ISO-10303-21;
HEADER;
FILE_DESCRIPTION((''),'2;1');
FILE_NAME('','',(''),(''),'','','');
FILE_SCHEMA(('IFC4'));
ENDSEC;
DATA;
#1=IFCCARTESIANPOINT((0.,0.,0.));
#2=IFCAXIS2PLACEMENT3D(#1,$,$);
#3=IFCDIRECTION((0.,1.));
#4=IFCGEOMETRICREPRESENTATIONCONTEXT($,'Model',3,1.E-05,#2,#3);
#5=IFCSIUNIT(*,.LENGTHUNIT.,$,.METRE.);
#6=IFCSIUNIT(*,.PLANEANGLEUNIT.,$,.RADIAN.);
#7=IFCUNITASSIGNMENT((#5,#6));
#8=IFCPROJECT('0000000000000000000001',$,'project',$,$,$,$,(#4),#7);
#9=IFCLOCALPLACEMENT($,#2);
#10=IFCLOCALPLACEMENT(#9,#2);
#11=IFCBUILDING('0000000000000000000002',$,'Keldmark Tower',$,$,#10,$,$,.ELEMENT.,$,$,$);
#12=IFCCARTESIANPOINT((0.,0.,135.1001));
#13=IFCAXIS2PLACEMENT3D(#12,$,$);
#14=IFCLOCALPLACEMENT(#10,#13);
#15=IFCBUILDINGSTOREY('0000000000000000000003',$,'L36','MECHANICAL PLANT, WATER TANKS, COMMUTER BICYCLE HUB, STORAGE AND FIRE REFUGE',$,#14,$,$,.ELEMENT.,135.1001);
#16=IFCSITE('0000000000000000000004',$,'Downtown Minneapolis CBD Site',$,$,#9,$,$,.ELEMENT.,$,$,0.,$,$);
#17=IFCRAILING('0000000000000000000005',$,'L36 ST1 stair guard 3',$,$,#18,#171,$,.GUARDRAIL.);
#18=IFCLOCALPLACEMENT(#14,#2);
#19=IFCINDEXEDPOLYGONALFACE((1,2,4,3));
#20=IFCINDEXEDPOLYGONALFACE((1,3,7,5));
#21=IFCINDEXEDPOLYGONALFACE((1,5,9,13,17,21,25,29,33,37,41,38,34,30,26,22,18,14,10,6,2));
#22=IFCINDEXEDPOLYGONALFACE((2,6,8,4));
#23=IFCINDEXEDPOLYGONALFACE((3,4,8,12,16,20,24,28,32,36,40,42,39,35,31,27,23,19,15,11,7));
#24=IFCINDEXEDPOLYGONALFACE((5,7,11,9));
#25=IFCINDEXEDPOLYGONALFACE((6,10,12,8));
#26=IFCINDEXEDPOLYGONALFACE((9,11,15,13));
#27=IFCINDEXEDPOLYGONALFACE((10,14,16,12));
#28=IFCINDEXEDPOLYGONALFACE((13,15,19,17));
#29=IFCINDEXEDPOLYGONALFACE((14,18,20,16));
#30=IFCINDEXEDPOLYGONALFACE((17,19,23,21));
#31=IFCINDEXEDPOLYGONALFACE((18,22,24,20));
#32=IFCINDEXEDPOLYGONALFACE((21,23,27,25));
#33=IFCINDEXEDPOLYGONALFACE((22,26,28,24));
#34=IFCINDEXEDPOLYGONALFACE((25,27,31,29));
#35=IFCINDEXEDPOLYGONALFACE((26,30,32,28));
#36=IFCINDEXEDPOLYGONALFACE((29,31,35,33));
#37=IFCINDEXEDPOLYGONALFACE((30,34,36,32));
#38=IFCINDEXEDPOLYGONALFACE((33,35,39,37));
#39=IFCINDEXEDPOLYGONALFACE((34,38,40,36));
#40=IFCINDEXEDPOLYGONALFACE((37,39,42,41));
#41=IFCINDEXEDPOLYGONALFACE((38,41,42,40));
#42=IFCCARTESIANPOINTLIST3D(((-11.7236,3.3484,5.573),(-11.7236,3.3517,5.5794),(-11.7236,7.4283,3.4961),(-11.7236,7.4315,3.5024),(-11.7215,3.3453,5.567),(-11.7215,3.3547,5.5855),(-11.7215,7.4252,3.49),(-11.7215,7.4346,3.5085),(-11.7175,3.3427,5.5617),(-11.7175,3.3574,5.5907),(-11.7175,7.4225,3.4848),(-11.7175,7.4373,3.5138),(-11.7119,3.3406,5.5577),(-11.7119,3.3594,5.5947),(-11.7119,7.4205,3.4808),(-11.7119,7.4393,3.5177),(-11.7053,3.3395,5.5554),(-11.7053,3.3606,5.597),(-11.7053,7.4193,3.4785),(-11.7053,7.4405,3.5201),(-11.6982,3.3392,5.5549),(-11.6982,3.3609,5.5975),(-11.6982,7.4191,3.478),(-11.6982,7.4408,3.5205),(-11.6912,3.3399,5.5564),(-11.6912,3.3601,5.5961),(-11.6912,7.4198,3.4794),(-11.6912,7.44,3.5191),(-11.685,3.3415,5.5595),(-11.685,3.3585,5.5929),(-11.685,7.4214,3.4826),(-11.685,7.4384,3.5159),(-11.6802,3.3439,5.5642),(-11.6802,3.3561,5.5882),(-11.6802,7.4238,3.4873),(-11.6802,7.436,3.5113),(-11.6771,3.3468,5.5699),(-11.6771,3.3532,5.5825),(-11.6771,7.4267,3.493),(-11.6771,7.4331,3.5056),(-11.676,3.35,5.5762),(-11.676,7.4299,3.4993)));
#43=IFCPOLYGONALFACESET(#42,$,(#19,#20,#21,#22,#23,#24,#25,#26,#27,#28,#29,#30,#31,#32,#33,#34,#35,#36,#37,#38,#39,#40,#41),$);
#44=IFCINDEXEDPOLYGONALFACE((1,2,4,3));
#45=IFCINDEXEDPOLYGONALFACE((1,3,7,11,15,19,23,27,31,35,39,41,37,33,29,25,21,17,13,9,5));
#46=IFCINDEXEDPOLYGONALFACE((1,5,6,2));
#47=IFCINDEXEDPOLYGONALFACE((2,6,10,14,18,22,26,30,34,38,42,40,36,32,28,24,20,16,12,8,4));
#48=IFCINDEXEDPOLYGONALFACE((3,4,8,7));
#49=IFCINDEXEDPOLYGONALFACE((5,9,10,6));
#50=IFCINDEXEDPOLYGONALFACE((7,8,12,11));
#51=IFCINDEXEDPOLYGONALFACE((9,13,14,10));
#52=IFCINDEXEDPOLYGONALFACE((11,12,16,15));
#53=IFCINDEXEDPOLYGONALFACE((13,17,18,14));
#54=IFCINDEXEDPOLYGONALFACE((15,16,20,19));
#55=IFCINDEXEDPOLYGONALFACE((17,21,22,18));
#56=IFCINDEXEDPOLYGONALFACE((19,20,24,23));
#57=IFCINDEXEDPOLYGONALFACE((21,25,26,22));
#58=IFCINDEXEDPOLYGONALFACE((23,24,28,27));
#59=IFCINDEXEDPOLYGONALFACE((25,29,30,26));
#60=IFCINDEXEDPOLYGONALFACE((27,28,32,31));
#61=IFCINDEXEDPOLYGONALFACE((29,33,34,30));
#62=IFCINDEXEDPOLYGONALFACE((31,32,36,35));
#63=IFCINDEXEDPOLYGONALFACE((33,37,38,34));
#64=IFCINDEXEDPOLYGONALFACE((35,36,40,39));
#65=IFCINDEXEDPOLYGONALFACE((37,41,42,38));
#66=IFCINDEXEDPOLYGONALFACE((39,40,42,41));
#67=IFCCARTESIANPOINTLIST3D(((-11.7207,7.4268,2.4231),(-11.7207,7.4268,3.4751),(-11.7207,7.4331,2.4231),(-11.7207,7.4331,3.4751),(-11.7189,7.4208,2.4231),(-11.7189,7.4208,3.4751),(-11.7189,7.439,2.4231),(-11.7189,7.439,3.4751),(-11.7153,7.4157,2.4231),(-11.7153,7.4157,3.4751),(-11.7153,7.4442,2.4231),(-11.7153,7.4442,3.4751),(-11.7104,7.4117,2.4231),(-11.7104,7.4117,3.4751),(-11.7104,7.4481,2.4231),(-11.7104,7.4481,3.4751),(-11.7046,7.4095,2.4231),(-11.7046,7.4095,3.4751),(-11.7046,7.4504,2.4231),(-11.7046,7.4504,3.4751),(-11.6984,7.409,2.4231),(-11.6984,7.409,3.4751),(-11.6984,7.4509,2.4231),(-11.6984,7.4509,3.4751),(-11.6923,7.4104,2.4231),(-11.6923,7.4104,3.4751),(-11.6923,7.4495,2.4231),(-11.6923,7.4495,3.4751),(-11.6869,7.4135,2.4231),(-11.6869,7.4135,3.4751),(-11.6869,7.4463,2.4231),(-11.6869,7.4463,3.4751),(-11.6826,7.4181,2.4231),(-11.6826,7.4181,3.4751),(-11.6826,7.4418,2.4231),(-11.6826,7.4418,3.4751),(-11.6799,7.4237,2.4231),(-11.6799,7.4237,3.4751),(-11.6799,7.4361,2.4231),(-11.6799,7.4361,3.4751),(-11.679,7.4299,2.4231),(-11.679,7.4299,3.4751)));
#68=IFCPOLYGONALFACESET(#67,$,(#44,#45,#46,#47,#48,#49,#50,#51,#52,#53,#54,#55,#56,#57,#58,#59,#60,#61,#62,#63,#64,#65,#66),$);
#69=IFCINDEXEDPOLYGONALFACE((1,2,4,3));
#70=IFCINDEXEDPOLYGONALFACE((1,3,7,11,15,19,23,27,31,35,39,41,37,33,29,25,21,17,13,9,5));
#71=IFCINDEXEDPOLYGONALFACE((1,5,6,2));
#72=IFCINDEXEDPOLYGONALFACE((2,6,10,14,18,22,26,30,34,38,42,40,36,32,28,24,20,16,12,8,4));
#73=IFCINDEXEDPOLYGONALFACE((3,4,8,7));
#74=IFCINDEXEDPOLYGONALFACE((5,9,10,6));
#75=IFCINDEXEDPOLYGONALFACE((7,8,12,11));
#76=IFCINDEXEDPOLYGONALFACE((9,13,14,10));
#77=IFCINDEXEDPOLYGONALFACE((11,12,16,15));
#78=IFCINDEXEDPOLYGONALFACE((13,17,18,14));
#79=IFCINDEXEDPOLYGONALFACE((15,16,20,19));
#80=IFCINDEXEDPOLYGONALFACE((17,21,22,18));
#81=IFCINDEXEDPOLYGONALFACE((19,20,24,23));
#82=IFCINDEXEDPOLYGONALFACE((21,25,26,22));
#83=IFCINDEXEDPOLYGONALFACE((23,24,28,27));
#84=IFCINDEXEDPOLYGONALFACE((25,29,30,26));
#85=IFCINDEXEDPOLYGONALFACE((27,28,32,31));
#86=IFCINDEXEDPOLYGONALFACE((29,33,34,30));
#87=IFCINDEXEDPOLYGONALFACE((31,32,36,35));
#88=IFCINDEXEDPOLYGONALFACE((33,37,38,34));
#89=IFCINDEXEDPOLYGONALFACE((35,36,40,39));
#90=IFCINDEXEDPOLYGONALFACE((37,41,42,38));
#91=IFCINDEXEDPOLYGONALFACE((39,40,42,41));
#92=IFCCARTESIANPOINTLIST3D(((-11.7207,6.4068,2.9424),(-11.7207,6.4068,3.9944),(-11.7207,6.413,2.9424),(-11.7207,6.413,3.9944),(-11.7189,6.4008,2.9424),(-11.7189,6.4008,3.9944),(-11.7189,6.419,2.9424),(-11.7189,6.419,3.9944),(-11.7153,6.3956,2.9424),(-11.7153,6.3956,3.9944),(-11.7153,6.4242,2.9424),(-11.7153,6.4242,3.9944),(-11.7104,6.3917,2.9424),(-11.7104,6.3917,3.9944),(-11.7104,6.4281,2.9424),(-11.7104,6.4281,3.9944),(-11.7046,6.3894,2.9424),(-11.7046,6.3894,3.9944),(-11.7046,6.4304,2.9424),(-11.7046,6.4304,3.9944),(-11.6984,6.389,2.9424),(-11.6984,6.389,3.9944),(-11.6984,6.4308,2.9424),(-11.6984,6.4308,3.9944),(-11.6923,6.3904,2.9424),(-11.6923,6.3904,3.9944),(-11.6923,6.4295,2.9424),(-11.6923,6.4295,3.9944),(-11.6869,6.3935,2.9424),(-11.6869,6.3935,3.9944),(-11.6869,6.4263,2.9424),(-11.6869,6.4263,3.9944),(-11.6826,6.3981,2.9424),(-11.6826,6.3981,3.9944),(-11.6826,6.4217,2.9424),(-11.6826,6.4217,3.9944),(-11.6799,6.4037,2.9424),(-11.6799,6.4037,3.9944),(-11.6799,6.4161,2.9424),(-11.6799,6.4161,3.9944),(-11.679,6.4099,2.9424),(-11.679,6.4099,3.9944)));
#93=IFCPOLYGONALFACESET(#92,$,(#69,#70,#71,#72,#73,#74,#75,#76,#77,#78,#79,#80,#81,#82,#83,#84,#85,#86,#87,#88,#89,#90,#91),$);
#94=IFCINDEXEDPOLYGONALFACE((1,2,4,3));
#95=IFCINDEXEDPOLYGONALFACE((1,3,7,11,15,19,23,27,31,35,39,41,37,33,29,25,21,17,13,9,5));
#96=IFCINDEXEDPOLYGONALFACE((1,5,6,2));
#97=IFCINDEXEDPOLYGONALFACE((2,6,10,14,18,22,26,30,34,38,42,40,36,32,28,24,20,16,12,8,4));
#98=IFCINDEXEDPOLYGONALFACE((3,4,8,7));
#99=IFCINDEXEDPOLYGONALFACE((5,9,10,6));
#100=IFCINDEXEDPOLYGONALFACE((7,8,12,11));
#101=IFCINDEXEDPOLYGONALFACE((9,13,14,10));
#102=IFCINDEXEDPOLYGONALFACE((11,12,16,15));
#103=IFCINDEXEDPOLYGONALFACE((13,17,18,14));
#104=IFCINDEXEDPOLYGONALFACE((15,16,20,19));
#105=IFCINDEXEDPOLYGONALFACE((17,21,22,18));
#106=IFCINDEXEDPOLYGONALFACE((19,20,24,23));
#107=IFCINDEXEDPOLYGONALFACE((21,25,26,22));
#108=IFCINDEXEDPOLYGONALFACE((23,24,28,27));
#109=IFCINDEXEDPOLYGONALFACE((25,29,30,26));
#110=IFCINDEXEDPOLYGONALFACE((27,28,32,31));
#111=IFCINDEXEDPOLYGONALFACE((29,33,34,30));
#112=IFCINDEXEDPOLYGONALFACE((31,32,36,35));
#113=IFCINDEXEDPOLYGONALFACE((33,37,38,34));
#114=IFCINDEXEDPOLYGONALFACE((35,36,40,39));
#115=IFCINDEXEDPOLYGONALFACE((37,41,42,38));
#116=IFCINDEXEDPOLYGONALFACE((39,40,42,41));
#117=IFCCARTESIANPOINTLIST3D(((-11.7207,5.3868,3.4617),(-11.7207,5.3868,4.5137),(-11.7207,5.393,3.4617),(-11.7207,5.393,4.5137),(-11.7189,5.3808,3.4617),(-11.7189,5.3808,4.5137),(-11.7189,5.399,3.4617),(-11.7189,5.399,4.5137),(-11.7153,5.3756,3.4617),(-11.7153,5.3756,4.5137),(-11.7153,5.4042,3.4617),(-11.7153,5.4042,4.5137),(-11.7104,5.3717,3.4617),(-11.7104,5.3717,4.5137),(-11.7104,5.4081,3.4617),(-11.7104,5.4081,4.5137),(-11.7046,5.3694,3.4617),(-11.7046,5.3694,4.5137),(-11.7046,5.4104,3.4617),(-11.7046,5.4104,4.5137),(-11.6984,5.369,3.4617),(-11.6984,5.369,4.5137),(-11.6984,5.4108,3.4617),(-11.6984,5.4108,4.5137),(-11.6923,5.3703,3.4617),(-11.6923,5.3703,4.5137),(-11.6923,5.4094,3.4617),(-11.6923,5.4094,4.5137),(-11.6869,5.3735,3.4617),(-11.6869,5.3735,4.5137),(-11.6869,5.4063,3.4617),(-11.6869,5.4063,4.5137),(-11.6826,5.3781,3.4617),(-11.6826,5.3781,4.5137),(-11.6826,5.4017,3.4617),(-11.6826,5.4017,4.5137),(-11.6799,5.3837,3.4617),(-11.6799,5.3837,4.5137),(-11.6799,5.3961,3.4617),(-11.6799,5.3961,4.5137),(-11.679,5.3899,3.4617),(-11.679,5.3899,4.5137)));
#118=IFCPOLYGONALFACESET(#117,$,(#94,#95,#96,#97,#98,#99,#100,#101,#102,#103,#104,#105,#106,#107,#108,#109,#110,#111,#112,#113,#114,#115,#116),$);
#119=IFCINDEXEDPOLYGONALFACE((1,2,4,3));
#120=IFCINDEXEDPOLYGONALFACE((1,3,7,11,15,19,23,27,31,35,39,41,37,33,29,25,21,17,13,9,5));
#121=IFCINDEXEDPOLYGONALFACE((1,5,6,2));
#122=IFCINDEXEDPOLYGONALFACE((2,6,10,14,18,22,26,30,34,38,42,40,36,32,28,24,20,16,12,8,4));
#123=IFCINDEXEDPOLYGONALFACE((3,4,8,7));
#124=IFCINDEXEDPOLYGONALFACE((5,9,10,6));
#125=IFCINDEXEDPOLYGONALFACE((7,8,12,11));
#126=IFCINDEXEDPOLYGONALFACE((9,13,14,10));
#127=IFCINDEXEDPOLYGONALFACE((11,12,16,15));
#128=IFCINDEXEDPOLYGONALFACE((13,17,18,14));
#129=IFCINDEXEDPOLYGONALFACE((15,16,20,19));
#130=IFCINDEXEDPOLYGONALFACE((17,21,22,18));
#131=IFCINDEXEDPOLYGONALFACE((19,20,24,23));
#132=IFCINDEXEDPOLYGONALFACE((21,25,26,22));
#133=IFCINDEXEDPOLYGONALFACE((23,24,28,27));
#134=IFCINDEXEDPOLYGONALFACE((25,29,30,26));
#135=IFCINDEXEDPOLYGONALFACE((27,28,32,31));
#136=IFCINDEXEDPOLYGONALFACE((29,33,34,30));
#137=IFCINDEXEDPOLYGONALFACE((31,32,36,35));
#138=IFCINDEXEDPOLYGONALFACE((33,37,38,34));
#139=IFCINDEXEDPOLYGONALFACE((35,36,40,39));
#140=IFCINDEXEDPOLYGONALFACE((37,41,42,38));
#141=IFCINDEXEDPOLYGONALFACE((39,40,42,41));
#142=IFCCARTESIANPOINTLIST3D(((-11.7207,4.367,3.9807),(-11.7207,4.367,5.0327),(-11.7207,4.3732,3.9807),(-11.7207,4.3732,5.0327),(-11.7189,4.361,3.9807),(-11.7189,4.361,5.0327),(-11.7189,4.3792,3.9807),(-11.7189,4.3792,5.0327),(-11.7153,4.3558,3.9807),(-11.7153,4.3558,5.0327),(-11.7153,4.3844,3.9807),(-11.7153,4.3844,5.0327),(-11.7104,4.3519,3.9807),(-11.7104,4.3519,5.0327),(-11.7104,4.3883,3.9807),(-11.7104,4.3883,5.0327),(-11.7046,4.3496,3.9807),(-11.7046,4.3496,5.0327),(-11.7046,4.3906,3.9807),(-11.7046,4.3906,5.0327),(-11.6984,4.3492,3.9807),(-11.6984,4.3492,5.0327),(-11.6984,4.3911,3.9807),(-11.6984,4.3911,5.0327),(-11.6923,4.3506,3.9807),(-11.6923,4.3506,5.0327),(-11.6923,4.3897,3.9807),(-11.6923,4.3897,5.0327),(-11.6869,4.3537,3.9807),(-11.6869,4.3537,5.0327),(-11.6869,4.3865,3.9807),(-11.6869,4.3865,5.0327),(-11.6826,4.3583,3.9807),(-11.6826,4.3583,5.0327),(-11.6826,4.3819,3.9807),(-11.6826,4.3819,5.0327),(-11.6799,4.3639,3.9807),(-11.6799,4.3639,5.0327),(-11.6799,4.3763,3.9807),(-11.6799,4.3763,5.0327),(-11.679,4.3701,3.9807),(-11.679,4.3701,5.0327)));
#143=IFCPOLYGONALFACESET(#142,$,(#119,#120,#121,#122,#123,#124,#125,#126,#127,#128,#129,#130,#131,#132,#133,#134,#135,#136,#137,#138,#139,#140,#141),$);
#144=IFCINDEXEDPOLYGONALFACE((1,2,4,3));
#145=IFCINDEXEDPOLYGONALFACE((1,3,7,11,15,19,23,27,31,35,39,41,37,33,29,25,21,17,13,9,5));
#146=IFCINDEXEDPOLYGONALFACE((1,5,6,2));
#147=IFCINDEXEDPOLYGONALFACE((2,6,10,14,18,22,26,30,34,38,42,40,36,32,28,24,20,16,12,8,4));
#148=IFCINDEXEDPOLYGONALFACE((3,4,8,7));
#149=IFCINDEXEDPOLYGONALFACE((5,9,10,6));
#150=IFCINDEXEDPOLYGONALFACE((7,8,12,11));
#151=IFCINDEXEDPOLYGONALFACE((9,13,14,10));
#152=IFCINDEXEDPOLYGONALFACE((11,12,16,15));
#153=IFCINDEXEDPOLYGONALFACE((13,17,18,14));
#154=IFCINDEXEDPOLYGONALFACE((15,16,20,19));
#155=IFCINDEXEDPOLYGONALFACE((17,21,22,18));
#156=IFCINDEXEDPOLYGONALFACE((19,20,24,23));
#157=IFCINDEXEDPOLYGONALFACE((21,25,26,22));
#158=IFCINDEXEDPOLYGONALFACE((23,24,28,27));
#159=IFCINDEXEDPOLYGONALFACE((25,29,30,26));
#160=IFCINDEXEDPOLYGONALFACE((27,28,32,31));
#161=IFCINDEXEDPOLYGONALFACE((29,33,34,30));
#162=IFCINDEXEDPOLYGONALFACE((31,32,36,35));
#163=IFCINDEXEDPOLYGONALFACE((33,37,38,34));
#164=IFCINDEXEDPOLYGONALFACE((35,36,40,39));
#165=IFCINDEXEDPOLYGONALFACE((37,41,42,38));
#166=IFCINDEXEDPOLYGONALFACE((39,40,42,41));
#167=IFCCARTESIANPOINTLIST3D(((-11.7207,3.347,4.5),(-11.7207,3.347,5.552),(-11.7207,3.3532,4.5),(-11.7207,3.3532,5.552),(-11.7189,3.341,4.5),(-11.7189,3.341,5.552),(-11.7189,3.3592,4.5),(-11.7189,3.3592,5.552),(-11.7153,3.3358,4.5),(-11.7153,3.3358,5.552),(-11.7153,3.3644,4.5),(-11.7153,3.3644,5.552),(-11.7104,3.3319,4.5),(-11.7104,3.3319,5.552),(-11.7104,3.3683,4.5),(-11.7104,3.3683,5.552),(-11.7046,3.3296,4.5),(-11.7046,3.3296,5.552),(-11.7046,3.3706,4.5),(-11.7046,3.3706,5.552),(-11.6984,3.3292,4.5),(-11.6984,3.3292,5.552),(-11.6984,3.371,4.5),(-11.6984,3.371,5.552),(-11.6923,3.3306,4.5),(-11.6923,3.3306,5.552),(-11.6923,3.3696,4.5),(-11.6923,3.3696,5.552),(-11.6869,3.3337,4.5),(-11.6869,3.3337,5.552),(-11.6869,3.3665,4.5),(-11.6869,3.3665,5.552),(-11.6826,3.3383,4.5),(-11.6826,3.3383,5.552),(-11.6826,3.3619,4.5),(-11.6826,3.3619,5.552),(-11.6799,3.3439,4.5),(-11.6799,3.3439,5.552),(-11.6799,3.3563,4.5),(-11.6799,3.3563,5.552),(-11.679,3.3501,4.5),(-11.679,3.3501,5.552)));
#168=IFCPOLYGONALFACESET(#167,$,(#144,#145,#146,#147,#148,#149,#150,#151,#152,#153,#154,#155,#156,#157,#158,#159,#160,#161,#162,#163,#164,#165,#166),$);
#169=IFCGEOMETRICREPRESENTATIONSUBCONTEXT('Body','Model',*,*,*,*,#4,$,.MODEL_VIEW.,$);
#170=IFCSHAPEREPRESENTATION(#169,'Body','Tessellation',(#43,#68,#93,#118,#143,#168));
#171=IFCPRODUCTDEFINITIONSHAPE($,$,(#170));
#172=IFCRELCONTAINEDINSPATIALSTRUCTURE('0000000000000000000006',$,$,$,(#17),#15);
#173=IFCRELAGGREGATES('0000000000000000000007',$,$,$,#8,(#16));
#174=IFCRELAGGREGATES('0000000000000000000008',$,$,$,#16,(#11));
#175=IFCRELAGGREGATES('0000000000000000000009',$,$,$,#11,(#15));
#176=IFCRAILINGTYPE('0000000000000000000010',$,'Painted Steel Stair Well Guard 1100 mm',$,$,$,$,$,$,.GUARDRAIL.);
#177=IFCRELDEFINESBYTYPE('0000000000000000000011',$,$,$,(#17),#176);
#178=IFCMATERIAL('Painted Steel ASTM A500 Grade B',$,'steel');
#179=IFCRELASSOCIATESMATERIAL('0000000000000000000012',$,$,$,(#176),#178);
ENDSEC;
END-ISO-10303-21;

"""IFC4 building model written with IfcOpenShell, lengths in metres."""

from ifc_helpers import new_model, si_unit, direction, frame, origin, origin_2d, place, context, subcontext, project, spatial, circle, extrude, material, type_object, element, save


model = new_model("IFC4")

# Units and contexts
model_context = context("Model", 3, precision=1e-05, world=origin(), true_north=direction((0.0, 1.0)))
body_context = subcontext(model_context, "Body", "Model", "MODEL_VIEW")
ifc_project = project(units=[si_unit("LENGTHUNIT", "METRE"), si_unit("PLANEANGLEUNIT", "RADIAN")], contexts=[model_context])

# Site, building, storey
site_placement = place(None, origin())
site = spatial("IfcSite", under=ifc_project, at=site_placement, Name="Downtown Minneapolis CBD Site", CompositionType="ELEMENT", RefElevation=0.0)
building_placement = place(site_placement, origin())
building = spatial("IfcBuilding", under=site, at=building_placement, Name="Keldmark Tower", CompositionType="ELEMENT")
storey_placement = place(building_placement, frame((0.0, 0.0, 135.1001)))
storey = spatial("IfcBuildingStorey", under=building, at=storey_placement, Name="L36", Description="MECHANICAL PLANT, WATER TANKS, COMMUTER BICYCLE HUB, STORAGE AND FIRE REFUGE", CompositionType="ELEMENT", Elevation=135.1001)

# Railing
ifc_material_1 = material(Name="Painted Steel ASTM A500 Grade B", Category="steel")
railing_type_1 = type_object("IfcRailingType", Name="Painted Steel Stair Well Guard 1100 mm", PredefinedType="GUARDRAIL", material=ifc_material_1)
railing_1_placement = place(storey_placement, frame((-11.7, 7.4299, 2.4231)))
element("IfcRailing", 1, at=railing_1_placement, inside=storey, type_object=railing_type_1, Name="L36 ST1 stair guard 3", PredefinedType="GUARDRAIL", context=body_context, shape_type="SweptSolid", body=[
    extrude(circle(Radius=0.0239, at=origin_2d()), frame((0.0, 0.0, 1.0762), z_axis=(0.0, -0.891172, 0.453665), x_axis=(1.0, 0.0, 0.0)), (0.0, 0.0, 1.0), 4.5781),
    extrude(circle(Radius=0.021, at=origin_2d()), origin(), (0.0, 0.0, 1.0), 1.052),
    extrude(circle(Radius=0.021, at=origin_2d()), frame((0.0, -1.02, 0.5193)), (0.0, 0.0, 1.0), 1.052),
    extrude(circle(Radius=0.021, at=origin_2d()), frame((0.0, -2.04, 1.0386)), (0.0, 0.0, 1.0), 1.052),
    extrude(circle(Radius=0.021, at=origin_2d()), frame((0.0, -3.0598, 1.5576)), (0.0, 0.0, 1.0), 1.052),
    extrude(circle(Radius=0.021, at=origin_2d()), frame((0.0, -4.0798, 2.0769)), (0.0, 0.0, 1.0), 1.052),
])

save(model, "model.ifc")
